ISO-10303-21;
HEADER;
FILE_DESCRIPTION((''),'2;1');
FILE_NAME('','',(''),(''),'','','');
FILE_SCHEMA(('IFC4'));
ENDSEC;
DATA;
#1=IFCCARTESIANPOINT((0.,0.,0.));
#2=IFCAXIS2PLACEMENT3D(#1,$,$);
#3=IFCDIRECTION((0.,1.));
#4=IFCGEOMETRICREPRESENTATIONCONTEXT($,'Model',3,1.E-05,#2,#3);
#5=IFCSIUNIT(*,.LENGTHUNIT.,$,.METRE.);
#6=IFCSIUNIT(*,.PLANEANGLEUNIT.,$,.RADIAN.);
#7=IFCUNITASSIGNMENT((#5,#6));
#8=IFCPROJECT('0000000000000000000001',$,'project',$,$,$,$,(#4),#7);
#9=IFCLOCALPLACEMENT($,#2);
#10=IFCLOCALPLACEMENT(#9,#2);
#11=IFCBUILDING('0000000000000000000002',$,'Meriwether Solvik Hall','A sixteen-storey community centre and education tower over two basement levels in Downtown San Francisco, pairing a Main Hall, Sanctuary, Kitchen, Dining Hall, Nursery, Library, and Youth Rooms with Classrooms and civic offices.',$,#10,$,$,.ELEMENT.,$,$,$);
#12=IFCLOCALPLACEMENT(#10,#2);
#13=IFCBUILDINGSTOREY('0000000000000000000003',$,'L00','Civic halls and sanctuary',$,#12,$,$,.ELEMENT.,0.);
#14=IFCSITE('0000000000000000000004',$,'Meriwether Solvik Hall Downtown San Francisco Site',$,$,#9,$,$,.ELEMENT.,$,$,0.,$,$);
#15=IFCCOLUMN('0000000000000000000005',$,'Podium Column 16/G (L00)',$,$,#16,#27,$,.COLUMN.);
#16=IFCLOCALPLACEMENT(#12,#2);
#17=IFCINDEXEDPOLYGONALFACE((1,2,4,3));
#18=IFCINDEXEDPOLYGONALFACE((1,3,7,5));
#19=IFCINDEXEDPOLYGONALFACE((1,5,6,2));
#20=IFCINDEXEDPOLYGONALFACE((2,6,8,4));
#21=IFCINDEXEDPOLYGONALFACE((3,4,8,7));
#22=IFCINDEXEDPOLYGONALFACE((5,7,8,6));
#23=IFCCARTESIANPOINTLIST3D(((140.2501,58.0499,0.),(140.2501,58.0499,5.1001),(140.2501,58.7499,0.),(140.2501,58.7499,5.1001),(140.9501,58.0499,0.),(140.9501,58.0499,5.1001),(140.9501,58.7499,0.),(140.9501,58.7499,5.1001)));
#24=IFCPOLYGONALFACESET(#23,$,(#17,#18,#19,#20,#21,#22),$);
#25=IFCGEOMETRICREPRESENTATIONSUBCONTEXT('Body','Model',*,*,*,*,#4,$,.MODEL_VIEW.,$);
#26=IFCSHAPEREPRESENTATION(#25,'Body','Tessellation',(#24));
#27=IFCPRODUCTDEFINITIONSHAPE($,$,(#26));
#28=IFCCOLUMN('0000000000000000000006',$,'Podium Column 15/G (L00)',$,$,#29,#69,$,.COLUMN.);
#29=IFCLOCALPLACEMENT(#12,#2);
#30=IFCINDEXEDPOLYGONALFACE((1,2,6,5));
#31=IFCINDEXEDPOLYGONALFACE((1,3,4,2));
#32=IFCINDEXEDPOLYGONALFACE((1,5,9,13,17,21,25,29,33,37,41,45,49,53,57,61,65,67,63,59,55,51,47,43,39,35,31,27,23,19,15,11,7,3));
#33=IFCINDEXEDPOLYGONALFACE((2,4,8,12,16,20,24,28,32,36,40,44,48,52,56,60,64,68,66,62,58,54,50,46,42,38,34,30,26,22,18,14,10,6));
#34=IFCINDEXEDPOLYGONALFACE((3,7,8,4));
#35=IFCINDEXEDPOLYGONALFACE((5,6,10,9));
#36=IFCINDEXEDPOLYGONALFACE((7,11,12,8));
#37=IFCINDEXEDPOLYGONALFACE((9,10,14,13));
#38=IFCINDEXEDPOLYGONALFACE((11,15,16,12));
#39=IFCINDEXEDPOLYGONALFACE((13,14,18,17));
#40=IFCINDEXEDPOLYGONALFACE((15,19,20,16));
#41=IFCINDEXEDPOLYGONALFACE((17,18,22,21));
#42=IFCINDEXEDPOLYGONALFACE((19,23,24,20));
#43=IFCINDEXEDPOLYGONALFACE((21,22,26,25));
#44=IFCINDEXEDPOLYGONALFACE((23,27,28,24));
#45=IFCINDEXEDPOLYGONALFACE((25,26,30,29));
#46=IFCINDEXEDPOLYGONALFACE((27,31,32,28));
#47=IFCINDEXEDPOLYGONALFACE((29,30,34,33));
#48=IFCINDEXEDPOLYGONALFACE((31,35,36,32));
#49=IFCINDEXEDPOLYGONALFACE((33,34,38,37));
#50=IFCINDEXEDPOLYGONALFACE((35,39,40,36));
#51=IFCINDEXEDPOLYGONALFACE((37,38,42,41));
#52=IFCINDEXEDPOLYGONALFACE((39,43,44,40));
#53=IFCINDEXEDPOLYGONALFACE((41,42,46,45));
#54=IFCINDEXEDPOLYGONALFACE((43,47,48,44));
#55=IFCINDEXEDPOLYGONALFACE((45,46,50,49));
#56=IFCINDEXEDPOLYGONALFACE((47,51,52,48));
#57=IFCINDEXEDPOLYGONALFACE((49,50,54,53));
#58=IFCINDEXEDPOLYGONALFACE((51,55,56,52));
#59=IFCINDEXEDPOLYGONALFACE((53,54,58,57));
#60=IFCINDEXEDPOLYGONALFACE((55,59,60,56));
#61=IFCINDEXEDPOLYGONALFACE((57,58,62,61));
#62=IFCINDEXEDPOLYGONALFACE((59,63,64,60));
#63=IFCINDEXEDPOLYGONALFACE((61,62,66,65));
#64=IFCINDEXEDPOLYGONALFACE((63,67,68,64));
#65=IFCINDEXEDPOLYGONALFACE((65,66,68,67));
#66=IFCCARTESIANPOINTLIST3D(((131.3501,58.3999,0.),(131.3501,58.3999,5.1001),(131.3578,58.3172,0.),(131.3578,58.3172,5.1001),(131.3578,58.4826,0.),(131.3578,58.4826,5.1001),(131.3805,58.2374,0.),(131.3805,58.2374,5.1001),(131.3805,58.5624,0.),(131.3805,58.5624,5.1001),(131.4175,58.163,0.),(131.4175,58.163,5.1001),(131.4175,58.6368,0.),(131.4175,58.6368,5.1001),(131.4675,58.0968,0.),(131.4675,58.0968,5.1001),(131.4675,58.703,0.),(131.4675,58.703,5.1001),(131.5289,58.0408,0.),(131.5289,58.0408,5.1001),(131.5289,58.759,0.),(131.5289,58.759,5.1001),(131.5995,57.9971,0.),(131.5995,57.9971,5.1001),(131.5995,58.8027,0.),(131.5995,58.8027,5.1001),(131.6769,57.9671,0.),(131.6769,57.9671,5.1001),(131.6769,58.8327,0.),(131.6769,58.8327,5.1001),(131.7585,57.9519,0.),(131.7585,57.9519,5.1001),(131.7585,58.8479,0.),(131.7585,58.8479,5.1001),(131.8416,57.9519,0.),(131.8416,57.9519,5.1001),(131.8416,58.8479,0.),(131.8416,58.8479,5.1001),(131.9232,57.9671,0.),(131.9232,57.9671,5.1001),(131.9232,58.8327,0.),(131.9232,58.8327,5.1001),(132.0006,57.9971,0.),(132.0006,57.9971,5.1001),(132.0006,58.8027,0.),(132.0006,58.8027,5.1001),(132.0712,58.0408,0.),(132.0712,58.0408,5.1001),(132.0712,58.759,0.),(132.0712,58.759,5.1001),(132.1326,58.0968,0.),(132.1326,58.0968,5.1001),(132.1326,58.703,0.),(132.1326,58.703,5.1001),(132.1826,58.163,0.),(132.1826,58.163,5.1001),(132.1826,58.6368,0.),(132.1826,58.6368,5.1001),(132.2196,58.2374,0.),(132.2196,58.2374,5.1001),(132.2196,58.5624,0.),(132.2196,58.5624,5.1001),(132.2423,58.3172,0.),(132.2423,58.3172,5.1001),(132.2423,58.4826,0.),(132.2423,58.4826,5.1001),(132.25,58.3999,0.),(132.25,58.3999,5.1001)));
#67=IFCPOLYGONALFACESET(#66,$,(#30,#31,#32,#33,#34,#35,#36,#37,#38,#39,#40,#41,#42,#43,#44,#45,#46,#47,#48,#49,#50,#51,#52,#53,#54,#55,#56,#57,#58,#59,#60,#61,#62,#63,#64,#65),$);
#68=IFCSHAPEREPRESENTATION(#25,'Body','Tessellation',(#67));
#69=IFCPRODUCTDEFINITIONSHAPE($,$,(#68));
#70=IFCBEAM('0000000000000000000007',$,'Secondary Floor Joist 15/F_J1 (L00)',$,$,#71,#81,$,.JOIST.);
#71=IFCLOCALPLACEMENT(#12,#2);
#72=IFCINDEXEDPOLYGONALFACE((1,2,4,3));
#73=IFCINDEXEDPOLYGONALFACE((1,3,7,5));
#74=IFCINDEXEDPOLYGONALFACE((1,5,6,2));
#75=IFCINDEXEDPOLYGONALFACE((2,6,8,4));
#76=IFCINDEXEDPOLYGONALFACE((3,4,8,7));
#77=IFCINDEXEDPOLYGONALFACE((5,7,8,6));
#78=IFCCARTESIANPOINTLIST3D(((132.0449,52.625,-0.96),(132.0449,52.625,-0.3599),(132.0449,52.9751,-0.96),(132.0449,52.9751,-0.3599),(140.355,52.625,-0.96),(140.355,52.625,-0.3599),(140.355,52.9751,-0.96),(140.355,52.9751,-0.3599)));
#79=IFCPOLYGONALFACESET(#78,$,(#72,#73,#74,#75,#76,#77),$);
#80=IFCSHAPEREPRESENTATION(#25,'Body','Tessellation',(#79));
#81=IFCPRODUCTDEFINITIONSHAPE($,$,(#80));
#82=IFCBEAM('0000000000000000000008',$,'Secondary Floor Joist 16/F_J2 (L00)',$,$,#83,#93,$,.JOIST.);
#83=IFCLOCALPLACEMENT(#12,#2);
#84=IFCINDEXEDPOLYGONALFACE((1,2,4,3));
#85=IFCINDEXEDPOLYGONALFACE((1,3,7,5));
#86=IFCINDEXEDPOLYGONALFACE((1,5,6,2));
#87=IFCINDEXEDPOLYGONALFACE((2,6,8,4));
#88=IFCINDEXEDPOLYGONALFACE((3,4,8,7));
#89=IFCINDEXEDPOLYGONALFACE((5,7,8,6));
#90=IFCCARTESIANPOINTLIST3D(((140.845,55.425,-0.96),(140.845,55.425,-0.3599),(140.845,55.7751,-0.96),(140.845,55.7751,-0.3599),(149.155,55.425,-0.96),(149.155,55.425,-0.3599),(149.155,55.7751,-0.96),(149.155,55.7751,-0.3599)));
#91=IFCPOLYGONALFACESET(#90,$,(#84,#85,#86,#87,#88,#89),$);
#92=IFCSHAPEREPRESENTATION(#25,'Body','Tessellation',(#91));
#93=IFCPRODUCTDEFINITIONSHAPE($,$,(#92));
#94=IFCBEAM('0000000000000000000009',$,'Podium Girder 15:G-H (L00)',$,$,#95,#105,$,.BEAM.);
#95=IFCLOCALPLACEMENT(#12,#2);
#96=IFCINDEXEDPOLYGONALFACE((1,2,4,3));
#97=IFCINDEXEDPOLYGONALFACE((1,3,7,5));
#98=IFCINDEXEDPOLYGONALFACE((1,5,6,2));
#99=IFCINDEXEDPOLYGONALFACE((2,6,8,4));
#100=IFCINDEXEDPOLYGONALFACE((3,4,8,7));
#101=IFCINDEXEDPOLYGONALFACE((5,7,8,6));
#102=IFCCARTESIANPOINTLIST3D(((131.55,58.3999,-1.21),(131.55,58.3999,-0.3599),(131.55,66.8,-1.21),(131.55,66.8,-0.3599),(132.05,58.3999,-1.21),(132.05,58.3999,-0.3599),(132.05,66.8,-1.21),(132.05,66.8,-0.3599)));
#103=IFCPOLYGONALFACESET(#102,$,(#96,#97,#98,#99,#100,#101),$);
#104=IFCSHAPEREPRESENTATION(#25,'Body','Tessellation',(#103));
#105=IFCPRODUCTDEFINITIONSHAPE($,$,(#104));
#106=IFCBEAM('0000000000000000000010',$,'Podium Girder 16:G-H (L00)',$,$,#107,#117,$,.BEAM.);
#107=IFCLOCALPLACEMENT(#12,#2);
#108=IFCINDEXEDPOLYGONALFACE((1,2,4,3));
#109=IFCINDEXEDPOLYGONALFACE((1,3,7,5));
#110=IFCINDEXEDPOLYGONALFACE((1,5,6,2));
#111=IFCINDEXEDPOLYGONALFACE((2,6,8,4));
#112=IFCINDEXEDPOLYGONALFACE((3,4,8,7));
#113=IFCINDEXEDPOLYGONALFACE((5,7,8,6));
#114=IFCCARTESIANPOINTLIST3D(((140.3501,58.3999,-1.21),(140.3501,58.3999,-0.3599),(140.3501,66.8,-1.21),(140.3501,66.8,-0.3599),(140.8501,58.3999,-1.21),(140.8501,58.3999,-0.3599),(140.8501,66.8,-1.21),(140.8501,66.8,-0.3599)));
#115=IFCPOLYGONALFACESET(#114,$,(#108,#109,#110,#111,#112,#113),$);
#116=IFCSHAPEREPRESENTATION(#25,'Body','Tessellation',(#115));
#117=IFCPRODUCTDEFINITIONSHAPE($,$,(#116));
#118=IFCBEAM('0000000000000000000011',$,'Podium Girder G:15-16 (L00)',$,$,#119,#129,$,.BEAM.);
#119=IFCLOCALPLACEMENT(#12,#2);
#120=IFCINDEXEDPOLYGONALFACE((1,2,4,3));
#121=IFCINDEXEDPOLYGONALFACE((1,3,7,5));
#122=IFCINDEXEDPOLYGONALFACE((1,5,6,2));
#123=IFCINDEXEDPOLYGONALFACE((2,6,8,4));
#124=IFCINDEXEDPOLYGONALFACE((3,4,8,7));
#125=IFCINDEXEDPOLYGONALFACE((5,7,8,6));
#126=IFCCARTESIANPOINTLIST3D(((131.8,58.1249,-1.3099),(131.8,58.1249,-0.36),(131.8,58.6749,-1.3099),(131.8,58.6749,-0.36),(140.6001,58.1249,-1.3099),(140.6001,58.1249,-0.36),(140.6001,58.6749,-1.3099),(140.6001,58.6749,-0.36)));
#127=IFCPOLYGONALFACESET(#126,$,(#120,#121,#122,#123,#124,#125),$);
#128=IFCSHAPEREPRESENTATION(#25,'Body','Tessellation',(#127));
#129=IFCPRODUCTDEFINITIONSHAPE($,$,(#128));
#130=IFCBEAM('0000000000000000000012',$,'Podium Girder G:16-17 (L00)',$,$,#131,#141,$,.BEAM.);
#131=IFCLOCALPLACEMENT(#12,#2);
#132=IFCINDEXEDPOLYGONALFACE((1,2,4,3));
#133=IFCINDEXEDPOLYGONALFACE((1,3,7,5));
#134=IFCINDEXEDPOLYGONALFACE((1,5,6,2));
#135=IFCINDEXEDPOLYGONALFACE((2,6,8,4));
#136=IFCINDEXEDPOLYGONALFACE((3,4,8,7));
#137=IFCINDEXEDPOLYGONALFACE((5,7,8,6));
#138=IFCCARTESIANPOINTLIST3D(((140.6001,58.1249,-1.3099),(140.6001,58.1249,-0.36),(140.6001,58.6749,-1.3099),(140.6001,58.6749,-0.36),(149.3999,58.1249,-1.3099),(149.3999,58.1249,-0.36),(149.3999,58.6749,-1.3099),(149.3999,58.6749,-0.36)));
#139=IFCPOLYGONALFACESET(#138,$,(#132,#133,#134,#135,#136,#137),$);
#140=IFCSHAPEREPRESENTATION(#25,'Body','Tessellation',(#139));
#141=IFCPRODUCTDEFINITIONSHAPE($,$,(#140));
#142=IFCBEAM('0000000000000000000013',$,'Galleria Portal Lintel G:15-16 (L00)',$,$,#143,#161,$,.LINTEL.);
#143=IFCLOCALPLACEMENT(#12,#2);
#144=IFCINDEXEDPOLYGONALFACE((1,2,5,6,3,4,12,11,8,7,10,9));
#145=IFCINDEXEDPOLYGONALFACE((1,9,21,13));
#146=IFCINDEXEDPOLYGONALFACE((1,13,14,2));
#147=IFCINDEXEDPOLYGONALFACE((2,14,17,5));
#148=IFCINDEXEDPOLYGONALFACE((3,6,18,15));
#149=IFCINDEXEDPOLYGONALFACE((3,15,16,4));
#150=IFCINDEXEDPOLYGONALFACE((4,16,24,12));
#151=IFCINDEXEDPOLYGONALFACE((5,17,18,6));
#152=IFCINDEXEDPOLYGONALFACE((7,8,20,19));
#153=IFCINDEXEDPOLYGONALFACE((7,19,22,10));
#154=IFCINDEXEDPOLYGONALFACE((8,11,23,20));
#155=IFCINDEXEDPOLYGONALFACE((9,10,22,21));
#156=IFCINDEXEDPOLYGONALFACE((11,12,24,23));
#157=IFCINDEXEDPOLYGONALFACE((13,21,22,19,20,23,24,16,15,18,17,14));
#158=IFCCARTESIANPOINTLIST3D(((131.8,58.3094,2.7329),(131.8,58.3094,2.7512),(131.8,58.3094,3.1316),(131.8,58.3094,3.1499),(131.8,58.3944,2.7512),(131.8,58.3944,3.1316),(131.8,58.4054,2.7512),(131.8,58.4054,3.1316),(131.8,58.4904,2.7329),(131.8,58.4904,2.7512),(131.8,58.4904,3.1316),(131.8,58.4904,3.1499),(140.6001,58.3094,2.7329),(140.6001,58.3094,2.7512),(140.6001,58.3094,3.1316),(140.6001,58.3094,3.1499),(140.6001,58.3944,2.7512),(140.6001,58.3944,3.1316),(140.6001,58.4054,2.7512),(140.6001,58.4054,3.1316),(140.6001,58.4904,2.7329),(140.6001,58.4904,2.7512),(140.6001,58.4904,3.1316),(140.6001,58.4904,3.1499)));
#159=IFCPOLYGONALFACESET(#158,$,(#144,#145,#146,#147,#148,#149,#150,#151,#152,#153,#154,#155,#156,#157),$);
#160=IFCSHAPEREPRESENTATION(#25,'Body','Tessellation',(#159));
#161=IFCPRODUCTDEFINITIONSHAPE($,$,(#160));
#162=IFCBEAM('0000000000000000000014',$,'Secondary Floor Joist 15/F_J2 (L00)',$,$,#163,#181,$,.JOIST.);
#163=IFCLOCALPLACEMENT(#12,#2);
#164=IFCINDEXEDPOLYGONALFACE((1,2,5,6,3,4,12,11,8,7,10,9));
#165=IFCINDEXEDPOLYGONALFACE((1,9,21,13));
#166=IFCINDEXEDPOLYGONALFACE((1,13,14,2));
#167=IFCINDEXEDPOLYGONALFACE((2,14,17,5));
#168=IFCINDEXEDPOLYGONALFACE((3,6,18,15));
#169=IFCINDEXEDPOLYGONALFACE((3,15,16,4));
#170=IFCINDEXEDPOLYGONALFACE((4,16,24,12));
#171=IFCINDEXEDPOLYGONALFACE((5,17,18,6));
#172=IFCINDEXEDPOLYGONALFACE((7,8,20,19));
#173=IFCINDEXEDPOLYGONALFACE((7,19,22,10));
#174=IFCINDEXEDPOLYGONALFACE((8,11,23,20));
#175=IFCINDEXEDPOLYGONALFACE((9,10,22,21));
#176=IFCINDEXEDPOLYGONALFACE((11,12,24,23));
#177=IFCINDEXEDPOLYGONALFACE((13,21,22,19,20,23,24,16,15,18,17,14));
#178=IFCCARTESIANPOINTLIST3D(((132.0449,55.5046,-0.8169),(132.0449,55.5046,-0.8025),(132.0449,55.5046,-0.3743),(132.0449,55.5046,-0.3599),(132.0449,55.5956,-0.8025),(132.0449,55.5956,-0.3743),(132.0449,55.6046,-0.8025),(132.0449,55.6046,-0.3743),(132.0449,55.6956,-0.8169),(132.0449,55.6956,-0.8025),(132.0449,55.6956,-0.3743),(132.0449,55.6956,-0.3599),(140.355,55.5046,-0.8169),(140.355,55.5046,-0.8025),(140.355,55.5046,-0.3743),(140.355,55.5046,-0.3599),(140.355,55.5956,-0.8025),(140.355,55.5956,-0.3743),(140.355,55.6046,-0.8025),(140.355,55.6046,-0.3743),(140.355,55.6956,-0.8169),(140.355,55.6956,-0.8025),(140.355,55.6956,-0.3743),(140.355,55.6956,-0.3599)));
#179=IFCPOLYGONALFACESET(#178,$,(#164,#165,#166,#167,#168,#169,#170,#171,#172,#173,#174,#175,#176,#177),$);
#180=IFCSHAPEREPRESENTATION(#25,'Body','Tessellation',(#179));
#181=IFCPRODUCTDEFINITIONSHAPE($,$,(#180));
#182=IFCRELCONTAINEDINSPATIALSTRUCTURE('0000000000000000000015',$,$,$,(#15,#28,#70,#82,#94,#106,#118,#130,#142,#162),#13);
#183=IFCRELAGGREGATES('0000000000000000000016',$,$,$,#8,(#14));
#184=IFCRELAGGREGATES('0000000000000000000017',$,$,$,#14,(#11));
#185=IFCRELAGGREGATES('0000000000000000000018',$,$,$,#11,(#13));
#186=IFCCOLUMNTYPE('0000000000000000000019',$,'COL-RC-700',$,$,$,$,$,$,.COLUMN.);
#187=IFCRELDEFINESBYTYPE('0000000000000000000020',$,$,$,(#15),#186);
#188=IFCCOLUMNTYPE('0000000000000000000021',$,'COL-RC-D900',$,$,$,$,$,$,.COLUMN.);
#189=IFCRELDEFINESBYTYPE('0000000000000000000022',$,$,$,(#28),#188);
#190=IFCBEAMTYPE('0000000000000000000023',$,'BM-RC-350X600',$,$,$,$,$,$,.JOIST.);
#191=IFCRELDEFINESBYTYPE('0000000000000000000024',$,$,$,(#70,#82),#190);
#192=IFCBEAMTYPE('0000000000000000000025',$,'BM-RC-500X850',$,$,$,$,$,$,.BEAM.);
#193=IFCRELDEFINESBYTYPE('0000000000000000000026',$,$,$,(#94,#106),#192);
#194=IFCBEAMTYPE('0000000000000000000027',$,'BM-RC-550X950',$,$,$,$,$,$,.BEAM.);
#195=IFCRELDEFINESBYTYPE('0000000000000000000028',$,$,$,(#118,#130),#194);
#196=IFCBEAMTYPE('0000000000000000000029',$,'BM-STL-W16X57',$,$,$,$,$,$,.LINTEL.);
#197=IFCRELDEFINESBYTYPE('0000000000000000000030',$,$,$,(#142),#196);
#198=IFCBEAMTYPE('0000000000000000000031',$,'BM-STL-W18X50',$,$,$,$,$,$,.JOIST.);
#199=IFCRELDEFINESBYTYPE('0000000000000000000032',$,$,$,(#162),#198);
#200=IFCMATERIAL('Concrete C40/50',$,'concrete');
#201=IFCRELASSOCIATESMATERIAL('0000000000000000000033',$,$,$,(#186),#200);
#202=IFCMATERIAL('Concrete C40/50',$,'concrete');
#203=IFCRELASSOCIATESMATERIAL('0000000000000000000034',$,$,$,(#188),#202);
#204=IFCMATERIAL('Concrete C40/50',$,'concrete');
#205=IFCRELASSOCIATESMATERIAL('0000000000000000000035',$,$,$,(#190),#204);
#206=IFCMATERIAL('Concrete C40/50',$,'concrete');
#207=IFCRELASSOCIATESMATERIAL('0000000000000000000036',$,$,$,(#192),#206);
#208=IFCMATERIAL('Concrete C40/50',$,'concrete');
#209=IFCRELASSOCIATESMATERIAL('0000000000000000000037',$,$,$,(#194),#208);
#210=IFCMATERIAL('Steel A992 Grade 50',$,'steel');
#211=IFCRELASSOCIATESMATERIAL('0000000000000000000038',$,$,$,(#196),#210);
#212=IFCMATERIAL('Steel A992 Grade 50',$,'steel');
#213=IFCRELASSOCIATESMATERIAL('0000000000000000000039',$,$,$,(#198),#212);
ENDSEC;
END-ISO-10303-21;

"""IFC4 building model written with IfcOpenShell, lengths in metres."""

from ifc_helpers import new_model, si_unit, direction, frame, origin, origin_2d, place, context, subcontext, project, spatial, rectangle, circle, i_section, extrude, material, material_profile, profile_set, type_object, element, save


model = new_model("IFC4")

# Units and contexts
model_context = context("Model", 3, precision=1e-05, world=origin(), true_north=direction((0.0, 1.0)))
body_context = subcontext(model_context, "Body", "Model", "MODEL_VIEW")
ifc_project = project(units=[si_unit("LENGTHUNIT", "METRE"), si_unit("PLANEANGLEUNIT", "RADIAN")], contexts=[model_context])

# Site, building, storey
site_placement = place(None, origin())
site = spatial("IfcSite", under=ifc_project, at=site_placement, Name="Meriwether Solvik Hall Downtown San Francisco Site", CompositionType="ELEMENT", RefElevation=0.0)
building_placement = place(site_placement, origin())
building = spatial("IfcBuilding", under=site, at=building_placement, Name="Meriwether Solvik Hall", Description="A sixteen-storey community centre and education tower over two basement levels in Downtown San Francisco, pairing a Main Hall, Sanctuary, Kitchen, Dining Hall, Nursery, Library, and Youth Rooms with Classrooms and civic offices.", CompositionType="ELEMENT")
storey_placement = place(building_placement, origin())
storey = spatial("IfcBuildingStorey", under=building, at=storey_placement, Name="L00", Description="Civic halls and sanctuary", CompositionType="ELEMENT", Elevation=0.0)

# Columns
ifc_material_1 = material(Name="Concrete C40/50", Category="concrete")
ifc_material_profile_1 = material_profile(ifc_material_1, rectangle(XDim=0.7, YDim=0.7, at=origin_2d()), Name="RCC-700X700")
ifc_profile_set_1 = profile_set([ifc_material_profile_1], Name="Concrete C40/50")
column_type_1 = type_object("IfcColumnType", Name="COL-RC-700", PredefinedType="COLUMN", material=ifc_profile_set_1)
column_1_placement = place(storey_placement, frame((140.6001, 58.3999, 0.0), z_axis=(0.0, 0.0, 1.0), x_axis=(1.0, 0.0, 0.0)))
element("IfcColumn", 1, at=column_1_placement, inside=storey, type_object=column_type_1, Name="Podium Column 16/G (L00)", PredefinedType="COLUMN", context=body_context, shape_type="SweptSolid", body=[
    extrude(rectangle(XDim=0.7, YDim=0.7, at=origin_2d()), origin(), (0.0, 0.0, 1.0), 5.1001),
])
ifc_material_2 = material(Name="Concrete C40/50", Category="concrete")
ifc_material_profile_2 = material_profile(ifc_material_2, circle(Radius=0.45, at=origin_2d()), Name="RCC-D900")
ifc_profile_set_2 = profile_set([ifc_material_profile_2], Name="Concrete C40/50")
column_type_2 = type_object("IfcColumnType", Name="COL-RC-D900", PredefinedType="COLUMN", material=ifc_profile_set_2)
column_2_placement = place(storey_placement, frame((131.8, 58.3999, 0.0), z_axis=(0.0, 0.0, 1.0), x_axis=(1.0, 0.0, 0.0)))
element("IfcColumn", 2, at=column_2_placement, inside=storey, type_object=column_type_2, Name="Podium Column 15/G (L00)", PredefinedType="COLUMN", context=body_context, shape_type="SweptSolid", body=[
    extrude(circle(Radius=0.45, at=origin_2d()), origin(), (0.0, 0.0, 1.0), 5.1001),
])

# Beams
ifc_material_3 = material(Name="Concrete C40/50", Category="concrete")
ifc_material_profile_3 = material_profile(ifc_material_3, rectangle(XDim=0.3501, YDim=0.6001, at=origin_2d()), Name="RCB-350X600")
ifc_profile_set_3 = profile_set([ifc_material_profile_3], Name="Concrete C40/50")
beam_type_1 = type_object("IfcBeamType", Name="BM-RC-350X600", PredefinedType="JOIST", material=ifc_profile_set_3)
for number, where, z_axis, x_axis, name in (
    (3, (132.0449, 52.8, -0.6599), (1.0, 0.0, 0.0), (0.0, 1.0, 0.0), "Secondary Floor Joist 15/F_J1 (L00)"),
    (4, (140.845, 55.6001, -0.6599), (1.0, 0.0, 0.0), (0.0, 1.0, 0.0), "Secondary Floor Joist 16/F_J2 (L00)"),
):
    element("IfcBeam", number, at=place(storey_placement, frame(where, z_axis=z_axis, x_axis=x_axis)), inside=storey, type_object=beam_type_1, Name=name, PredefinedType="JOIST", context=body_context, shape_type="SweptSolid", body=[
        extrude(rectangle(XDim=0.3501, YDim=0.6001, at=origin_2d()), origin(), (0.0, 0.0, 1.0), 8.3101),
    ])
ifc_material_4 = material(Name="Concrete C40/50", Category="concrete")
ifc_material_profile_4 = material_profile(ifc_material_4, rectangle(XDim=0.5, YDim=0.8501, at=origin_2d()), Name="RCB-500X850")
ifc_profile_set_4 = profile_set([ifc_material_profile_4], Name="Concrete C40/50")
beam_type_2 = type_object("IfcBeamType", Name="BM-RC-500X850", PredefinedType="BEAM", material=ifc_profile_set_4)
for number, where, z_axis, x_axis, name in (
    (5, (131.8, 58.3999, -0.7849), (0.0, 1.0, 0.0), (-1.0, 0.0, 0.0), "Podium Girder 15:G-H (L00)"),
    (6, (140.6001, 58.3999, -0.7849), (0.0, 1.0, 0.0), (-1.0, 0.0, 0.0), "Podium Girder 16:G-H (L00)"),
):
    element("IfcBeam", number, at=place(storey_placement, frame(where, z_axis=z_axis, x_axis=x_axis)), inside=storey, type_object=beam_type_2, Name=name, PredefinedType="BEAM", context=body_context, shape_type="SweptSolid", body=[
        extrude(rectangle(XDim=0.5, YDim=0.8501, at=origin_2d()), origin(), (0.0, 0.0, 1.0), 8.4001),
    ])
ifc_material_5 = material(Name="Concrete C40/50", Category="concrete")
ifc_material_profile_5 = material_profile(ifc_material_5, rectangle(XDim=0.55, YDim=0.95, at=origin_2d()), Name="RCB-550X950")
ifc_profile_set_5 = profile_set([ifc_material_profile_5], Name="Concrete C40/50")
beam_type_3 = type_object("IfcBeamType", Name="BM-RC-550X950", PredefinedType="BEAM", material=ifc_profile_set_5)
beam_1_placement = place(storey_placement, frame((131.8, 58.3999, -0.835), z_axis=(1.0, 0.0, 0.0), x_axis=(0.0, 1.0, 0.0)))
element("IfcBeam", 7, at=beam_1_placement, inside=storey, type_object=beam_type_3, Name="Podium Girder G:15-16 (L00)", PredefinedType="BEAM", context=body_context, shape_type="SweptSolid", body=[
    extrude(rectangle(XDim=0.55, YDim=0.95, at=origin_2d()), origin(), (0.0, 0.0, 1.0), 8.8),
])
beam_2_placement = place(storey_placement, frame((140.6001, 58.3999, -0.835), z_axis=(1.0, 0.0, 0.0), x_axis=(0.0, 1.0, 0.0)))
element("IfcBeam", 8, at=beam_2_placement, inside=storey, type_object=beam_type_3, Name="Podium Girder G:16-17 (L00)", PredefinedType="BEAM", context=body_context, shape_type="SweptSolid", body=[
    extrude(rectangle(XDim=0.55, YDim=0.95, at=origin_2d()), origin(), (0.0, 0.0, 1.0), 8.7998),
])
ifc_material_6 = material(Name="Steel A992 Grade 50", Category="steel")
ifc_material_profile_6 = material_profile(ifc_material_6, i_section(OverallWidth=0.1809, OverallDepth=0.417, WebThickness=0.011, FlangeThickness=0.0183, at=origin_2d()), Name="W16X57")
ifc_profile_set_6 = profile_set([ifc_material_profile_6], Name="Steel A992 Grade 50")
beam_type_4 = type_object("IfcBeamType", Name="BM-STL-W16X57", PredefinedType="LINTEL", material=ifc_profile_set_6)
beam_3_placement = place(storey_placement, frame((131.8, 58.3999, 2.9414), z_axis=(1.0, 0.0, 0.0), x_axis=(0.0, 1.0, 0.0)))
element("IfcBeam", 9, at=beam_3_placement, inside=storey, type_object=beam_type_4, Name="Galleria Portal Lintel G:15-16 (L00)", PredefinedType="LINTEL", context=body_context, shape_type="SweptSolid", body=[
    extrude(i_section(OverallWidth=0.1809, OverallDepth=0.417, WebThickness=0.011, FlangeThickness=0.0183, at=origin_2d()), origin(), (0.0, 0.0, 1.0), 8.8),
])
ifc_material_7 = material(Name="Steel A992 Grade 50", Category="steel")
ifc_material_profile_7 = material_profile(ifc_material_7, i_section(OverallWidth=0.1909, OverallDepth=0.457, WebThickness=0.009, FlangeThickness=0.0144, at=origin_2d()), Name="W18X50")
ifc_profile_set_7 = profile_set([ifc_material_profile_7], Name="Steel A992 Grade 50")
beam_type_5 = type_object("IfcBeamType", Name="BM-STL-W18X50", PredefinedType="JOIST", material=ifc_profile_set_7)
for number, where, z_axis, x_axis, name in (
    (10, (132.0449, 55.6001, -0.5884), (1.0, 0.0, 0.0), (0.0, 1.0, 0.0), "Secondary Floor Joist 15/F_J2 (L00)"),
):
    element("IfcBeam", number, at=place(storey_placement, frame(where, z_axis=z_axis, x_axis=x_axis)), inside=storey, type_object=beam_type_5, Name=name, PredefinedType="JOIST", context=body_context, shape_type="SweptSolid", body=[
        extrude(i_section(OverallWidth=0.1909, OverallDepth=0.457, WebThickness=0.009, FlangeThickness=0.0144, at=origin_2d()), origin(), (0.0, 0.0, 1.0), 8.3101),
    ])

save(model, "model.ifc")
